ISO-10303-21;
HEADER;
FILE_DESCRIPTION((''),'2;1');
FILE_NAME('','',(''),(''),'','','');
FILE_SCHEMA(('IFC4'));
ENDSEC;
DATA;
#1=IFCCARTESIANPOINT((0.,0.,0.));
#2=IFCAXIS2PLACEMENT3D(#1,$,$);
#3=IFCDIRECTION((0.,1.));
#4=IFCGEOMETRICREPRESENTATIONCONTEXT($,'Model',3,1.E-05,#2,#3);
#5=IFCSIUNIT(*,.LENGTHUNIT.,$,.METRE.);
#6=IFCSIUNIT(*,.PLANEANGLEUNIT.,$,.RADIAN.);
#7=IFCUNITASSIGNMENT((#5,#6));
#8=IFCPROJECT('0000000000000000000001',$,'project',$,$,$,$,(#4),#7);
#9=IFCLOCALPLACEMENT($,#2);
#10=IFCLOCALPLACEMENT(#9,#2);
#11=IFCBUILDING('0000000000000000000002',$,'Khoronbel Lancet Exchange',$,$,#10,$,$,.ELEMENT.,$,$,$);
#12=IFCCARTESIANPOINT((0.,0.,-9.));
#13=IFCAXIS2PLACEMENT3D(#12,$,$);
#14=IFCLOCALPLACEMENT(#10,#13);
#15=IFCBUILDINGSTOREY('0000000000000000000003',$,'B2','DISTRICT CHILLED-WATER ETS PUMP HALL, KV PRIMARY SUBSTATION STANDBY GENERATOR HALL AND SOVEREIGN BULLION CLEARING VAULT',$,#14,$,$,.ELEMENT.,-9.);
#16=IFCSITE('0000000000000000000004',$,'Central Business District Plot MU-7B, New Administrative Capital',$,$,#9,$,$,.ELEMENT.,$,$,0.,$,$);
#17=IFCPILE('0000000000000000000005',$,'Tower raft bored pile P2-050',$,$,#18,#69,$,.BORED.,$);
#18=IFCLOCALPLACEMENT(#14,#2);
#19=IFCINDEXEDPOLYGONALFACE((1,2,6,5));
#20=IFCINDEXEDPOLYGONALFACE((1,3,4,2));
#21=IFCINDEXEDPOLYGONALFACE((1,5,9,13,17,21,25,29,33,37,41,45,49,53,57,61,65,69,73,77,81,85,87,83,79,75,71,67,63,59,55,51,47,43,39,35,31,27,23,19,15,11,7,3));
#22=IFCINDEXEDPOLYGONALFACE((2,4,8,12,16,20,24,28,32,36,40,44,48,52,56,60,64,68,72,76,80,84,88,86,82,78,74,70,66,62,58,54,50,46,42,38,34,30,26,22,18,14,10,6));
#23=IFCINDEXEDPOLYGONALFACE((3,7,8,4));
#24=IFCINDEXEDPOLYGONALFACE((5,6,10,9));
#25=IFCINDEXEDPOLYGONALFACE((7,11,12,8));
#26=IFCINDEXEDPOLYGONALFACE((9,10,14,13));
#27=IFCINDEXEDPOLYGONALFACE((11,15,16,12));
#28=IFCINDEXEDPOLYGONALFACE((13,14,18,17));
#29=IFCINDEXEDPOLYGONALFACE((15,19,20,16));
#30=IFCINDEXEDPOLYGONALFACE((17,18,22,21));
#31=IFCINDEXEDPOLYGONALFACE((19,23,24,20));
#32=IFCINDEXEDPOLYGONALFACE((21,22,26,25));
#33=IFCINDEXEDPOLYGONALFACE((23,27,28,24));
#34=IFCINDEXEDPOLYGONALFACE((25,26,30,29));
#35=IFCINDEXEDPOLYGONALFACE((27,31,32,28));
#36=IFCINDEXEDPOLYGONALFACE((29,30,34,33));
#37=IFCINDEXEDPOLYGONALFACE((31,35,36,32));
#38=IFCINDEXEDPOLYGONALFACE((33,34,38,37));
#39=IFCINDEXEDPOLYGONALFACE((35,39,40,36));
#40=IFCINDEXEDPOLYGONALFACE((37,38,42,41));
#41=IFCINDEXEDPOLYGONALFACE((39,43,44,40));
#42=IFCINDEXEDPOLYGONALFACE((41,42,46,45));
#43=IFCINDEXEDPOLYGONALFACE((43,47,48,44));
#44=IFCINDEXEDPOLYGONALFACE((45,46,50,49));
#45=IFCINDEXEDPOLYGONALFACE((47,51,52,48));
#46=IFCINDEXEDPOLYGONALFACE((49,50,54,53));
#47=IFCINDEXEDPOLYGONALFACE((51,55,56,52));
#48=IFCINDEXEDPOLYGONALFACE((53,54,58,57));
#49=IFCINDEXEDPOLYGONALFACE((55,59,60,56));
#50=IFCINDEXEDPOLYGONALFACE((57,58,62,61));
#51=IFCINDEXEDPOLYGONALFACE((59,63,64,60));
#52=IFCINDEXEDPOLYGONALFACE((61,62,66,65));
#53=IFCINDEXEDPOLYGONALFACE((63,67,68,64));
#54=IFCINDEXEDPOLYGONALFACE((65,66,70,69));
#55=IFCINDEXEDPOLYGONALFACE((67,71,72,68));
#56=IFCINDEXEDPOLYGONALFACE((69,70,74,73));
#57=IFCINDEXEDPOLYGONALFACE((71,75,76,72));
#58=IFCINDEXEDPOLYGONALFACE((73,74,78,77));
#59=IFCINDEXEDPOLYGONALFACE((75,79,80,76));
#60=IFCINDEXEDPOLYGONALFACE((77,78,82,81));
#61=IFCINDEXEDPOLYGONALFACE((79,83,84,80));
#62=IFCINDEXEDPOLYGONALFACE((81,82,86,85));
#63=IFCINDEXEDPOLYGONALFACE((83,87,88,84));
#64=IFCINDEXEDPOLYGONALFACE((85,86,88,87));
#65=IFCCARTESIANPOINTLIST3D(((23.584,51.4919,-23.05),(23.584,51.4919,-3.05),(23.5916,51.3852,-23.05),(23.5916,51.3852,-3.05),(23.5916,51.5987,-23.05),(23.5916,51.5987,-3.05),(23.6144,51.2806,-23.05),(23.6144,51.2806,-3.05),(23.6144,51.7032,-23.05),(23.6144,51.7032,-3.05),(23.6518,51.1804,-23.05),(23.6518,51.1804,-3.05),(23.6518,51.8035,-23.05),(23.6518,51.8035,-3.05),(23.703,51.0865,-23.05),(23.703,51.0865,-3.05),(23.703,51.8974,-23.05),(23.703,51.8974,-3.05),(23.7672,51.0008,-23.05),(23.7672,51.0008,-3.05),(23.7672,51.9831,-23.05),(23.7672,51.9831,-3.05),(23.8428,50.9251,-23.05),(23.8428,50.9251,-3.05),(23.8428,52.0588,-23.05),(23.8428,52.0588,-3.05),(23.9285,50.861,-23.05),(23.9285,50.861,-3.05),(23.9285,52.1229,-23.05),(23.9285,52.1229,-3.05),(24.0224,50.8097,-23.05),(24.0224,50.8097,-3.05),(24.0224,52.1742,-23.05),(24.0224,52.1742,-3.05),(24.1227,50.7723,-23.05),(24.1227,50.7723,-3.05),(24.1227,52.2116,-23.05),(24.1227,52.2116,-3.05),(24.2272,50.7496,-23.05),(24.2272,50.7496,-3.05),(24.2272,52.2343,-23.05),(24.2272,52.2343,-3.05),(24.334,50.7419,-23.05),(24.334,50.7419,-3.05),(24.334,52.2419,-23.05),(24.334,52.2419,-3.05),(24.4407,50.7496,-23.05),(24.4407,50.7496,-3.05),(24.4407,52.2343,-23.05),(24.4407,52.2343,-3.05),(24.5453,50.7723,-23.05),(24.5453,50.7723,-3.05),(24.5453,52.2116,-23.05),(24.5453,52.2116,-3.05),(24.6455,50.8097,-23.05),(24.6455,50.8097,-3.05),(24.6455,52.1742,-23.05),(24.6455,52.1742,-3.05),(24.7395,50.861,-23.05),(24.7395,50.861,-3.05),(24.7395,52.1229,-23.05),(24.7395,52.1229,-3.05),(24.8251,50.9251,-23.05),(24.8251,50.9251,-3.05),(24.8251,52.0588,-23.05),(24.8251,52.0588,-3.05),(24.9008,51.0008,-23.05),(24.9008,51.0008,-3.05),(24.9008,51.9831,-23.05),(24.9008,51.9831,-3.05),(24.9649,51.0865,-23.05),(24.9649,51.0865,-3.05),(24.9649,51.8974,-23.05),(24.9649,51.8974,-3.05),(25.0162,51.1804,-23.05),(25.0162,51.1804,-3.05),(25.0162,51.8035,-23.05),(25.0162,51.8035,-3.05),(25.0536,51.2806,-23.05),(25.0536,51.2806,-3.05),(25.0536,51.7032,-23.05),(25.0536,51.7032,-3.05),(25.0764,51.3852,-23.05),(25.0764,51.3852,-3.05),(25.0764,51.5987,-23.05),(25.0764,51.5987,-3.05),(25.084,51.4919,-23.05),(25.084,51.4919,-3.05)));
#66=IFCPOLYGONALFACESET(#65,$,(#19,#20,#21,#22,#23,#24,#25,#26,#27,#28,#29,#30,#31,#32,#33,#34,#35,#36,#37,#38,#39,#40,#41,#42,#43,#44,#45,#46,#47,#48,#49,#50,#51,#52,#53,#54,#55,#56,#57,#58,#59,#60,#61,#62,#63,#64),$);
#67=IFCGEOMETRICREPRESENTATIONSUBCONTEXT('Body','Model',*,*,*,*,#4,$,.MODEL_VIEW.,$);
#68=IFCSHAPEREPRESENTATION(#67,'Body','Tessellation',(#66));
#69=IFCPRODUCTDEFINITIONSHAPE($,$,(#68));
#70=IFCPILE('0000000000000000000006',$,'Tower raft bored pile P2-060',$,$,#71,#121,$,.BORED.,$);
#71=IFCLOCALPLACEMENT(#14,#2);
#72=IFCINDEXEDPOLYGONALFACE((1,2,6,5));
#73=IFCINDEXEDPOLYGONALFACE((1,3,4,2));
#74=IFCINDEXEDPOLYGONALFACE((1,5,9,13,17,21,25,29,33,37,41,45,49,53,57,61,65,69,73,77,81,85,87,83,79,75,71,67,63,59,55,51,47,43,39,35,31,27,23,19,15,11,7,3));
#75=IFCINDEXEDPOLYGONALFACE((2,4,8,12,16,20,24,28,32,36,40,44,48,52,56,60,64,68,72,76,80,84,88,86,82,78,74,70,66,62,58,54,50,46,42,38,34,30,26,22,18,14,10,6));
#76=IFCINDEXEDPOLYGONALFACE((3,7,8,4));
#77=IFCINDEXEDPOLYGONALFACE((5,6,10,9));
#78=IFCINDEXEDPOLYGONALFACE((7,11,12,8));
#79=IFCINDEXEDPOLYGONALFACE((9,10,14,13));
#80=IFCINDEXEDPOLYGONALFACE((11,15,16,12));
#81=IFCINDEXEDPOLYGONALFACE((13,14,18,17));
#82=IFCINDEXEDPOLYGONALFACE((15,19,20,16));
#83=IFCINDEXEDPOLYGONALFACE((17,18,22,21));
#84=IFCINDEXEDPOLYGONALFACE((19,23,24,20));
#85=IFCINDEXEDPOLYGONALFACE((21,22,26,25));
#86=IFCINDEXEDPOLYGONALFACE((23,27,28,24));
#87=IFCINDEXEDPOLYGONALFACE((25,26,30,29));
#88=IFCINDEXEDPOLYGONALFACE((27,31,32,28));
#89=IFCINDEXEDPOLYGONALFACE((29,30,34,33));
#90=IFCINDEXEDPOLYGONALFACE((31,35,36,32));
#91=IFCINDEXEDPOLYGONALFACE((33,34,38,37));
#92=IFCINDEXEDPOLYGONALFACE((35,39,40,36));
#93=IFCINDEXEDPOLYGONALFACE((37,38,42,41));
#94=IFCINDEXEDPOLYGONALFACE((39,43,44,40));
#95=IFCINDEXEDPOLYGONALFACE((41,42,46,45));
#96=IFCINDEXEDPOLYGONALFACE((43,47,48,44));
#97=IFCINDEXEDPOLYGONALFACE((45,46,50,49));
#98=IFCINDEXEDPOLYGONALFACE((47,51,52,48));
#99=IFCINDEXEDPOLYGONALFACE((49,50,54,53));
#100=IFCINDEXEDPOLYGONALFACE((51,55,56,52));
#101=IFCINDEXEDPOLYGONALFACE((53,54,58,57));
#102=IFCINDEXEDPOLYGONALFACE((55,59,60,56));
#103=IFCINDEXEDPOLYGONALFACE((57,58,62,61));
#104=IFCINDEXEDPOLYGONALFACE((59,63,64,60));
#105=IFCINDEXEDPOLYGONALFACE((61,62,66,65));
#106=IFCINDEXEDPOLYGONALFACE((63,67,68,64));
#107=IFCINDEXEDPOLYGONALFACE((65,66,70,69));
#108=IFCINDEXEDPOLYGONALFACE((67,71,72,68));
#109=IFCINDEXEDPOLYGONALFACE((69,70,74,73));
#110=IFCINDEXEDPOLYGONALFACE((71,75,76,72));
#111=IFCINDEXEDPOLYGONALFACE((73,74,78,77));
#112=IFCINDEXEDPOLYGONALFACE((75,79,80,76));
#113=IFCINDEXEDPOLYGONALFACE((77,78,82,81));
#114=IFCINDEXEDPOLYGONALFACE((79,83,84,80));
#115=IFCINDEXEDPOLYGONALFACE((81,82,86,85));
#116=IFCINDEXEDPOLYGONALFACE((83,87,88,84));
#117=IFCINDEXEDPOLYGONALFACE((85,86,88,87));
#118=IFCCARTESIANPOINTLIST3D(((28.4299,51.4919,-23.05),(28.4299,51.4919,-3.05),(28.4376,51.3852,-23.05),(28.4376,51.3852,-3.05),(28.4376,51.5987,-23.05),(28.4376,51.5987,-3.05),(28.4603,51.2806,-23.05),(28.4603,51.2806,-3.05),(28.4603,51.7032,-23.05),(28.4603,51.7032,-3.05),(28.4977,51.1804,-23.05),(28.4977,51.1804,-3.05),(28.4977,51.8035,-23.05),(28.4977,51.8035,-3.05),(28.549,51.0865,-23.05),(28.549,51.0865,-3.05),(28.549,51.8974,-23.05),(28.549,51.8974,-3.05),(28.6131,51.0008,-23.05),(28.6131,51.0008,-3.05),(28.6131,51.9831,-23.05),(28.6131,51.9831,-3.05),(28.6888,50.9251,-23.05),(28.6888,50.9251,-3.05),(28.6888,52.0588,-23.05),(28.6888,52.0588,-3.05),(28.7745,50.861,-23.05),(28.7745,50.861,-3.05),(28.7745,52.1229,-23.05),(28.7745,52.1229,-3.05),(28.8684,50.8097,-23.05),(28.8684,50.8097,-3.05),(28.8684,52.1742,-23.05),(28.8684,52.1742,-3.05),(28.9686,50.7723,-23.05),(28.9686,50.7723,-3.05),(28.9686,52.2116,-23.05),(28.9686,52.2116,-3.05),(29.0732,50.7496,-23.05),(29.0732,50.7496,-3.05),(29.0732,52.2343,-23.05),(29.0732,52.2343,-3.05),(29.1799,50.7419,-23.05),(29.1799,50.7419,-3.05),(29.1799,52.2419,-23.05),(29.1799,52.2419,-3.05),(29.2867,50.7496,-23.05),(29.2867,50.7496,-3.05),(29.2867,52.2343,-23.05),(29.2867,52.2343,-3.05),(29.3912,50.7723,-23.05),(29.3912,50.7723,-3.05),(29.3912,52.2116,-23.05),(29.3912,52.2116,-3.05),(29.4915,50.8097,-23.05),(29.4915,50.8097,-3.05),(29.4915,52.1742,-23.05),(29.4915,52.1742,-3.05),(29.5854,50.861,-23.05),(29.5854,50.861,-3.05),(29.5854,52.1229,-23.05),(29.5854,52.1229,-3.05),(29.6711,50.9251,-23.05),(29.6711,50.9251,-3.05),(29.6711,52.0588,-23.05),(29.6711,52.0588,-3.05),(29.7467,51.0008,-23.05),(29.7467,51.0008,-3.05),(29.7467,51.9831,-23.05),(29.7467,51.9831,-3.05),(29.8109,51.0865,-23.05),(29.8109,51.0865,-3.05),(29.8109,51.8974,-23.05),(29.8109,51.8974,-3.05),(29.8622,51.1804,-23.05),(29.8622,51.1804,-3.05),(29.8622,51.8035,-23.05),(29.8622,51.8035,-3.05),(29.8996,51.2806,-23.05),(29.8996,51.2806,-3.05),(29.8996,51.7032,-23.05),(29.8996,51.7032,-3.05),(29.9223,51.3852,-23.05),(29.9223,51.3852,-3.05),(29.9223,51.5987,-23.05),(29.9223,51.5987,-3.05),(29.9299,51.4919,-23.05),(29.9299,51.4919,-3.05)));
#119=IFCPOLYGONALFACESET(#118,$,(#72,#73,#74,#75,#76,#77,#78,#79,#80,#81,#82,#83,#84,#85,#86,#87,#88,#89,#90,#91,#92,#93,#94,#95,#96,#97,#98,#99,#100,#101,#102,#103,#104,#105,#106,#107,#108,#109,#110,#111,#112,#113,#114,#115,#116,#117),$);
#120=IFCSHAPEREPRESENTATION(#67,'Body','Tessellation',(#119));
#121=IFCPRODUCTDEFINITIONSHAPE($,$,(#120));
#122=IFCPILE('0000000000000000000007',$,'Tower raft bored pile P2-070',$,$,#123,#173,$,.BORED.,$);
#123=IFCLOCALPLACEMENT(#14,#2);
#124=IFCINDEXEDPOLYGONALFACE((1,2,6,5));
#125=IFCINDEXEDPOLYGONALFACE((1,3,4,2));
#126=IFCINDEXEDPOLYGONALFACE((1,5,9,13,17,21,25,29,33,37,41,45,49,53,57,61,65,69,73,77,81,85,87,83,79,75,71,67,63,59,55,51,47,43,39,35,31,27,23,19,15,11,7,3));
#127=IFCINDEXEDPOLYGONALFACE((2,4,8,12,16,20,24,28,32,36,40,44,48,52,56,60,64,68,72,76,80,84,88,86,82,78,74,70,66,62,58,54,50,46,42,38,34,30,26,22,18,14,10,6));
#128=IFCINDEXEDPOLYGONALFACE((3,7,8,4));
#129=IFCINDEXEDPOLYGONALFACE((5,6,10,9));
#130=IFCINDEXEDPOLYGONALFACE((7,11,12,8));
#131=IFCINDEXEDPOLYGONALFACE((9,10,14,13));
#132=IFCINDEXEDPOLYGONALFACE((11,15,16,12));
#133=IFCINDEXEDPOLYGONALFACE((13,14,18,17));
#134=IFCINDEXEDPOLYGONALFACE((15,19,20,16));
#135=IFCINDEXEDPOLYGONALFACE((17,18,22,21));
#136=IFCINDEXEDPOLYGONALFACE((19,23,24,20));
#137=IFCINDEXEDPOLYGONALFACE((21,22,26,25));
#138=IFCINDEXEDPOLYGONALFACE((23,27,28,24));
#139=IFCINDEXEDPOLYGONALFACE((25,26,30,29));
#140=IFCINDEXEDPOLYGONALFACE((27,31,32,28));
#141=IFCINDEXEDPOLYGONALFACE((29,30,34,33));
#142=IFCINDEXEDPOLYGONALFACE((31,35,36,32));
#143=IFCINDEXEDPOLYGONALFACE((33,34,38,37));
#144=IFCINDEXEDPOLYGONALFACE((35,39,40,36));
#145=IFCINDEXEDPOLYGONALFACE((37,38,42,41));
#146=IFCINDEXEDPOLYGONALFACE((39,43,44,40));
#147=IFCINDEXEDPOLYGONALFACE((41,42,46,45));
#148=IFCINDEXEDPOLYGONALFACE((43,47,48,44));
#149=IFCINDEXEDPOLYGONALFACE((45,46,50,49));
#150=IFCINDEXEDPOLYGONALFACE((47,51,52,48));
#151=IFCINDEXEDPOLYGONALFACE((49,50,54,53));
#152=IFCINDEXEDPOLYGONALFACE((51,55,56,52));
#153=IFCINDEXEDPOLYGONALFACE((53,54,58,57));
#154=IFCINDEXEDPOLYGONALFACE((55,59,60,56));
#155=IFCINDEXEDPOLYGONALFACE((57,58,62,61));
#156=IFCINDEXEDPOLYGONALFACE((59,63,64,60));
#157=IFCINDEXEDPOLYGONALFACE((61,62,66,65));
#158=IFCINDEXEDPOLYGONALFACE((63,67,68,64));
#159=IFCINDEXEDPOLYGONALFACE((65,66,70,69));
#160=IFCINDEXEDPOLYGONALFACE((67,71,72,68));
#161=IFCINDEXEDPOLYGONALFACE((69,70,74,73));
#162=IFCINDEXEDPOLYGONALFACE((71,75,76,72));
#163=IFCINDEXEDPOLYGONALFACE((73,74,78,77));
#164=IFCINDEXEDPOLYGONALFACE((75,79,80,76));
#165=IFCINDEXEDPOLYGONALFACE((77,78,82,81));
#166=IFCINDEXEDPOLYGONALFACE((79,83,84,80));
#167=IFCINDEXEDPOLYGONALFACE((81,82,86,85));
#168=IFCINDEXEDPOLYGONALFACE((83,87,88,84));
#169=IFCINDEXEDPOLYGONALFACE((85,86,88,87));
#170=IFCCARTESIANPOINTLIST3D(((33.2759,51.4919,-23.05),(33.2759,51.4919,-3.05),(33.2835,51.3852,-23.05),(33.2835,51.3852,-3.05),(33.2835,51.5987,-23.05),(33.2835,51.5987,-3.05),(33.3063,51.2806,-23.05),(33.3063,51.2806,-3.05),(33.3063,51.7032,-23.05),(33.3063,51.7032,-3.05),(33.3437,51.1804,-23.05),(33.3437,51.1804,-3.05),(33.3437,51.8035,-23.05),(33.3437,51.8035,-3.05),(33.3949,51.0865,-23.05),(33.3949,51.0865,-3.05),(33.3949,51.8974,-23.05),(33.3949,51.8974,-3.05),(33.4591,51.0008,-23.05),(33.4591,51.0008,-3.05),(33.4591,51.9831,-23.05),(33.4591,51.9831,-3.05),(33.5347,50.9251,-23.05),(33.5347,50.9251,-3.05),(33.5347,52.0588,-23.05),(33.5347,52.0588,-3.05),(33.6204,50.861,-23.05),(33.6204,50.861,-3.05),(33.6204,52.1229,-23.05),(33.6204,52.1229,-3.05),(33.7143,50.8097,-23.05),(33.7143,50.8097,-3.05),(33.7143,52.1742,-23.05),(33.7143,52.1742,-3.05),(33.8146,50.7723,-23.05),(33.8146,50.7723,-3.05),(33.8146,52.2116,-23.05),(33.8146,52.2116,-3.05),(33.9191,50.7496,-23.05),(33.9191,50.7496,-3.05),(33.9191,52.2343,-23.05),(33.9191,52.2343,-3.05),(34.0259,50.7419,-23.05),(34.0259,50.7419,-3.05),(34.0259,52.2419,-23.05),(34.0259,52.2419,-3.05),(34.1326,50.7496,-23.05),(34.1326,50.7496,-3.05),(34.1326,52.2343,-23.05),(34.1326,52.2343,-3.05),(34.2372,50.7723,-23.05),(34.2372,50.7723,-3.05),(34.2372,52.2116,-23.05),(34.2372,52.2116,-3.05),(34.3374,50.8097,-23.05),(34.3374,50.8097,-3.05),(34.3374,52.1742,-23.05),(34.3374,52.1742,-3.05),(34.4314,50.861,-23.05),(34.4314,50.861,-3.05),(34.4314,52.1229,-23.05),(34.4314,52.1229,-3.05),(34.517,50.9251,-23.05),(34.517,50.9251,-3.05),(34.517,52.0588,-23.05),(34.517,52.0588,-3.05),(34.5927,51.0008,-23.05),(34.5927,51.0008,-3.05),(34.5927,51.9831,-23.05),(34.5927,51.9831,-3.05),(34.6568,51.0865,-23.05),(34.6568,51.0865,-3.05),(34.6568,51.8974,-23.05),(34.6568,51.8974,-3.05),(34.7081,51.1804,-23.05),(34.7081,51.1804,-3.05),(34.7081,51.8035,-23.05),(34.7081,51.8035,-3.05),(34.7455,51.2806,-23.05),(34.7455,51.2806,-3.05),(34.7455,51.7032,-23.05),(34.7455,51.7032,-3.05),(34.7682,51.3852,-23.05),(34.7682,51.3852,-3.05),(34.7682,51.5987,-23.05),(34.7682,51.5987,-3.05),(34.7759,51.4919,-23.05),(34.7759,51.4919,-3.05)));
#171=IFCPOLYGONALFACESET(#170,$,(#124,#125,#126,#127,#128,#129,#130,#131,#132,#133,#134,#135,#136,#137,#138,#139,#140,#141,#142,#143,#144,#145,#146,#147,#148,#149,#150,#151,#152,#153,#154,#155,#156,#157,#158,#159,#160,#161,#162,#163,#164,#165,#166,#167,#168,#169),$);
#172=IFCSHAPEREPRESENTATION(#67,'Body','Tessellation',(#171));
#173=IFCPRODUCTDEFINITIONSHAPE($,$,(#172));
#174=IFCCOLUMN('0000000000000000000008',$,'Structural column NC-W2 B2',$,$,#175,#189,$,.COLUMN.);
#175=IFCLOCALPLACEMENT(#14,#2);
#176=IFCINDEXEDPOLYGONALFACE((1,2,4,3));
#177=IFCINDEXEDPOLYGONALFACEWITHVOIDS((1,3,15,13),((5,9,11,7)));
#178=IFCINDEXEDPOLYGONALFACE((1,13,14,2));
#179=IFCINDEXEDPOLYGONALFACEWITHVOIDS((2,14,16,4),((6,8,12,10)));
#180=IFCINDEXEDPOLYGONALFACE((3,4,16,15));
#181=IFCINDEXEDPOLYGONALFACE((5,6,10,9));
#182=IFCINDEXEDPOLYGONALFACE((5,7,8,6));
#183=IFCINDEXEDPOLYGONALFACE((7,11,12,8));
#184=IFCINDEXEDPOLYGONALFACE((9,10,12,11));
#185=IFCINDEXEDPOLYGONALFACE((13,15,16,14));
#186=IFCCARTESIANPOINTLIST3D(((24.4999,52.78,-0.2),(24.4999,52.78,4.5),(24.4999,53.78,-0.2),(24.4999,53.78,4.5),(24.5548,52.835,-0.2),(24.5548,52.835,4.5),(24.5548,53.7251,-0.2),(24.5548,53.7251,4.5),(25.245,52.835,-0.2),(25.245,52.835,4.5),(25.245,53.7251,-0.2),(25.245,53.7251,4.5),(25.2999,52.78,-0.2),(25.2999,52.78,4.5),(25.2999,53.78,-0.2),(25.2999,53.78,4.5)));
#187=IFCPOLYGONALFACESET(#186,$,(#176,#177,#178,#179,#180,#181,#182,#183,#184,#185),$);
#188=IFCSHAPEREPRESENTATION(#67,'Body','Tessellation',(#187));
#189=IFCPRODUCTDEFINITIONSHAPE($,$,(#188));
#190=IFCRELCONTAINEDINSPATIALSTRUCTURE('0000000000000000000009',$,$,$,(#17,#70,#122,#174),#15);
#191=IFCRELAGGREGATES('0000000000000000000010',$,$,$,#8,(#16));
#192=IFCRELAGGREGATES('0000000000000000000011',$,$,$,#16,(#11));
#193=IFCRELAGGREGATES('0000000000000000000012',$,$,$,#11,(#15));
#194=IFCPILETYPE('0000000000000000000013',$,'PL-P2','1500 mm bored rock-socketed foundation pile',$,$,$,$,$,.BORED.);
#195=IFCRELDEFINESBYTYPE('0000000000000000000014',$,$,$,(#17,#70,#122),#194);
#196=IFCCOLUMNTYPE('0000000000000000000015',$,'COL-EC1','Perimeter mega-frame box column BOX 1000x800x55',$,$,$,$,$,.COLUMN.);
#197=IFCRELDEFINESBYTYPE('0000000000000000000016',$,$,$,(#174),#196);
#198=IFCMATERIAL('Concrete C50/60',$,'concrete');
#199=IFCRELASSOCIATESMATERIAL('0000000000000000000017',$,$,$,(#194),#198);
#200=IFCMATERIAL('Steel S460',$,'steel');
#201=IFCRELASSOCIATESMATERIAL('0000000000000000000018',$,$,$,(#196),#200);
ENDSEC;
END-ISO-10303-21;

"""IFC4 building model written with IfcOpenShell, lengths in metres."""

from ifc_helpers import new_model, si_unit, direction, frame, origin, origin_2d, place, context, subcontext, project, spatial, hollow_rectangle, circle, extrude, material, material_profile, profile_set, type_object, element, save


model = new_model("IFC4")

# Units and contexts
model_context = context("Model", 3, precision=1e-05, world=origin(), true_north=direction((0.0, 1.0)))
body_context = subcontext(model_context, "Body", "Model", "MODEL_VIEW")
ifc_project = project(units=[si_unit("LENGTHUNIT", "METRE"), si_unit("PLANEANGLEUNIT", "RADIAN")], contexts=[model_context])

# Site, building, storey
site_placement = place(None, origin())
site = spatial("IfcSite", under=ifc_project, at=site_placement, Name="Central Business District Plot MU-7B, New Administrative Capital", CompositionType="ELEMENT", RefElevation=0.0)
building_placement = place(site_placement, origin())
building = spatial("IfcBuilding", under=site, at=building_placement, Name="Khoronbel Lancet Exchange", CompositionType="ELEMENT")
storey_placement = place(building_placement, frame((0.0, 0.0, -9.0)))
storey = spatial("IfcBuildingStorey", under=building, at=storey_placement, Name="B2", Description="DISTRICT CHILLED-WATER ETS PUMP HALL, KV PRIMARY SUBSTATION STANDBY GENERATOR HALL AND SOVEREIGN BULLION CLEARING VAULT", CompositionType="ELEMENT", Elevation=-9.0)

# Piles
ifc_material_1 = material(Name="Concrete C50/60", Category="concrete")
ifc_material_profile_1 = material_profile(ifc_material_1, circle(Radius=0.75, at=origin_2d()), Name="BORED PILE D1500")
ifc_profile_set_1 = profile_set([ifc_material_profile_1], Name="Concrete C50/60")
pile_type = type_object("IfcPileType", Name="PL-P2", Description="1500 mm bored rock-socketed foundation pile", PredefinedType="BORED", material=ifc_profile_set_1)
for number, where, z_axis, x_axis, name in (
    (1, (24.334, 51.4919, -3.05), (0.0, 0.0, -1.0), (1.0, 0.0, 0.0), "Tower raft bored pile P2-050"),
    (2, (29.1799, 51.4919, -3.05), (0.0, 0.0, -1.0), (1.0, 0.0, 0.0), "Tower raft bored pile P2-060"),
    (3, (34.0259, 51.4919, -3.05), (0.0, 0.0, -1.0), (1.0, 0.0, 0.0), "Tower raft bored pile P2-070"),
):
    element("IfcPile", number, at=place(storey_placement, frame(where, z_axis=z_axis, x_axis=x_axis)), inside=storey, type_object=pile_type, Name=name, PredefinedType="BORED", context=body_context, shape_type="SweptSolid", body=[
        extrude(circle(Radius=0.75, at=origin_2d()), origin(), (0.0, 0.0, 1.0), 20.0),
    ])

# Column
ifc_material_2 = material(Name="Steel S460", Category="steel")
ifc_material_profile_2 = material_profile(ifc_material_2, hollow_rectangle(XDim=0.8, YDim=1.0, WallThickness=0.0549, at=origin_2d()), Name="BOX 1000x800x55")
ifc_profile_set_2 = profile_set([ifc_material_profile_2], Name="Steel S460")
column_type = type_object("IfcColumnType", Name="COL-EC1", Description="Perimeter mega-frame box column BOX 1000x800x55", PredefinedType="COLUMN", material=ifc_profile_set_2)
column_placement = place(storey_placement, frame((24.8999, 53.28, -0.2), z_axis=(0.0, 0.0, 1.0), x_axis=(1.0, 0.0, 0.0)))
element("IfcColumn", 4, at=column_placement, inside=storey, type_object=column_type, Name="Structural column NC-W2 B2", PredefinedType="COLUMN", context=body_context, shape_type="SweptSolid", body=[
    extrude(hollow_rectangle(XDim=0.8, YDim=1.0, WallThickness=0.0549, at=origin_2d()), origin(), (0.0, 0.0, 1.0), 4.7),
])

save(model, "model.ifc")
